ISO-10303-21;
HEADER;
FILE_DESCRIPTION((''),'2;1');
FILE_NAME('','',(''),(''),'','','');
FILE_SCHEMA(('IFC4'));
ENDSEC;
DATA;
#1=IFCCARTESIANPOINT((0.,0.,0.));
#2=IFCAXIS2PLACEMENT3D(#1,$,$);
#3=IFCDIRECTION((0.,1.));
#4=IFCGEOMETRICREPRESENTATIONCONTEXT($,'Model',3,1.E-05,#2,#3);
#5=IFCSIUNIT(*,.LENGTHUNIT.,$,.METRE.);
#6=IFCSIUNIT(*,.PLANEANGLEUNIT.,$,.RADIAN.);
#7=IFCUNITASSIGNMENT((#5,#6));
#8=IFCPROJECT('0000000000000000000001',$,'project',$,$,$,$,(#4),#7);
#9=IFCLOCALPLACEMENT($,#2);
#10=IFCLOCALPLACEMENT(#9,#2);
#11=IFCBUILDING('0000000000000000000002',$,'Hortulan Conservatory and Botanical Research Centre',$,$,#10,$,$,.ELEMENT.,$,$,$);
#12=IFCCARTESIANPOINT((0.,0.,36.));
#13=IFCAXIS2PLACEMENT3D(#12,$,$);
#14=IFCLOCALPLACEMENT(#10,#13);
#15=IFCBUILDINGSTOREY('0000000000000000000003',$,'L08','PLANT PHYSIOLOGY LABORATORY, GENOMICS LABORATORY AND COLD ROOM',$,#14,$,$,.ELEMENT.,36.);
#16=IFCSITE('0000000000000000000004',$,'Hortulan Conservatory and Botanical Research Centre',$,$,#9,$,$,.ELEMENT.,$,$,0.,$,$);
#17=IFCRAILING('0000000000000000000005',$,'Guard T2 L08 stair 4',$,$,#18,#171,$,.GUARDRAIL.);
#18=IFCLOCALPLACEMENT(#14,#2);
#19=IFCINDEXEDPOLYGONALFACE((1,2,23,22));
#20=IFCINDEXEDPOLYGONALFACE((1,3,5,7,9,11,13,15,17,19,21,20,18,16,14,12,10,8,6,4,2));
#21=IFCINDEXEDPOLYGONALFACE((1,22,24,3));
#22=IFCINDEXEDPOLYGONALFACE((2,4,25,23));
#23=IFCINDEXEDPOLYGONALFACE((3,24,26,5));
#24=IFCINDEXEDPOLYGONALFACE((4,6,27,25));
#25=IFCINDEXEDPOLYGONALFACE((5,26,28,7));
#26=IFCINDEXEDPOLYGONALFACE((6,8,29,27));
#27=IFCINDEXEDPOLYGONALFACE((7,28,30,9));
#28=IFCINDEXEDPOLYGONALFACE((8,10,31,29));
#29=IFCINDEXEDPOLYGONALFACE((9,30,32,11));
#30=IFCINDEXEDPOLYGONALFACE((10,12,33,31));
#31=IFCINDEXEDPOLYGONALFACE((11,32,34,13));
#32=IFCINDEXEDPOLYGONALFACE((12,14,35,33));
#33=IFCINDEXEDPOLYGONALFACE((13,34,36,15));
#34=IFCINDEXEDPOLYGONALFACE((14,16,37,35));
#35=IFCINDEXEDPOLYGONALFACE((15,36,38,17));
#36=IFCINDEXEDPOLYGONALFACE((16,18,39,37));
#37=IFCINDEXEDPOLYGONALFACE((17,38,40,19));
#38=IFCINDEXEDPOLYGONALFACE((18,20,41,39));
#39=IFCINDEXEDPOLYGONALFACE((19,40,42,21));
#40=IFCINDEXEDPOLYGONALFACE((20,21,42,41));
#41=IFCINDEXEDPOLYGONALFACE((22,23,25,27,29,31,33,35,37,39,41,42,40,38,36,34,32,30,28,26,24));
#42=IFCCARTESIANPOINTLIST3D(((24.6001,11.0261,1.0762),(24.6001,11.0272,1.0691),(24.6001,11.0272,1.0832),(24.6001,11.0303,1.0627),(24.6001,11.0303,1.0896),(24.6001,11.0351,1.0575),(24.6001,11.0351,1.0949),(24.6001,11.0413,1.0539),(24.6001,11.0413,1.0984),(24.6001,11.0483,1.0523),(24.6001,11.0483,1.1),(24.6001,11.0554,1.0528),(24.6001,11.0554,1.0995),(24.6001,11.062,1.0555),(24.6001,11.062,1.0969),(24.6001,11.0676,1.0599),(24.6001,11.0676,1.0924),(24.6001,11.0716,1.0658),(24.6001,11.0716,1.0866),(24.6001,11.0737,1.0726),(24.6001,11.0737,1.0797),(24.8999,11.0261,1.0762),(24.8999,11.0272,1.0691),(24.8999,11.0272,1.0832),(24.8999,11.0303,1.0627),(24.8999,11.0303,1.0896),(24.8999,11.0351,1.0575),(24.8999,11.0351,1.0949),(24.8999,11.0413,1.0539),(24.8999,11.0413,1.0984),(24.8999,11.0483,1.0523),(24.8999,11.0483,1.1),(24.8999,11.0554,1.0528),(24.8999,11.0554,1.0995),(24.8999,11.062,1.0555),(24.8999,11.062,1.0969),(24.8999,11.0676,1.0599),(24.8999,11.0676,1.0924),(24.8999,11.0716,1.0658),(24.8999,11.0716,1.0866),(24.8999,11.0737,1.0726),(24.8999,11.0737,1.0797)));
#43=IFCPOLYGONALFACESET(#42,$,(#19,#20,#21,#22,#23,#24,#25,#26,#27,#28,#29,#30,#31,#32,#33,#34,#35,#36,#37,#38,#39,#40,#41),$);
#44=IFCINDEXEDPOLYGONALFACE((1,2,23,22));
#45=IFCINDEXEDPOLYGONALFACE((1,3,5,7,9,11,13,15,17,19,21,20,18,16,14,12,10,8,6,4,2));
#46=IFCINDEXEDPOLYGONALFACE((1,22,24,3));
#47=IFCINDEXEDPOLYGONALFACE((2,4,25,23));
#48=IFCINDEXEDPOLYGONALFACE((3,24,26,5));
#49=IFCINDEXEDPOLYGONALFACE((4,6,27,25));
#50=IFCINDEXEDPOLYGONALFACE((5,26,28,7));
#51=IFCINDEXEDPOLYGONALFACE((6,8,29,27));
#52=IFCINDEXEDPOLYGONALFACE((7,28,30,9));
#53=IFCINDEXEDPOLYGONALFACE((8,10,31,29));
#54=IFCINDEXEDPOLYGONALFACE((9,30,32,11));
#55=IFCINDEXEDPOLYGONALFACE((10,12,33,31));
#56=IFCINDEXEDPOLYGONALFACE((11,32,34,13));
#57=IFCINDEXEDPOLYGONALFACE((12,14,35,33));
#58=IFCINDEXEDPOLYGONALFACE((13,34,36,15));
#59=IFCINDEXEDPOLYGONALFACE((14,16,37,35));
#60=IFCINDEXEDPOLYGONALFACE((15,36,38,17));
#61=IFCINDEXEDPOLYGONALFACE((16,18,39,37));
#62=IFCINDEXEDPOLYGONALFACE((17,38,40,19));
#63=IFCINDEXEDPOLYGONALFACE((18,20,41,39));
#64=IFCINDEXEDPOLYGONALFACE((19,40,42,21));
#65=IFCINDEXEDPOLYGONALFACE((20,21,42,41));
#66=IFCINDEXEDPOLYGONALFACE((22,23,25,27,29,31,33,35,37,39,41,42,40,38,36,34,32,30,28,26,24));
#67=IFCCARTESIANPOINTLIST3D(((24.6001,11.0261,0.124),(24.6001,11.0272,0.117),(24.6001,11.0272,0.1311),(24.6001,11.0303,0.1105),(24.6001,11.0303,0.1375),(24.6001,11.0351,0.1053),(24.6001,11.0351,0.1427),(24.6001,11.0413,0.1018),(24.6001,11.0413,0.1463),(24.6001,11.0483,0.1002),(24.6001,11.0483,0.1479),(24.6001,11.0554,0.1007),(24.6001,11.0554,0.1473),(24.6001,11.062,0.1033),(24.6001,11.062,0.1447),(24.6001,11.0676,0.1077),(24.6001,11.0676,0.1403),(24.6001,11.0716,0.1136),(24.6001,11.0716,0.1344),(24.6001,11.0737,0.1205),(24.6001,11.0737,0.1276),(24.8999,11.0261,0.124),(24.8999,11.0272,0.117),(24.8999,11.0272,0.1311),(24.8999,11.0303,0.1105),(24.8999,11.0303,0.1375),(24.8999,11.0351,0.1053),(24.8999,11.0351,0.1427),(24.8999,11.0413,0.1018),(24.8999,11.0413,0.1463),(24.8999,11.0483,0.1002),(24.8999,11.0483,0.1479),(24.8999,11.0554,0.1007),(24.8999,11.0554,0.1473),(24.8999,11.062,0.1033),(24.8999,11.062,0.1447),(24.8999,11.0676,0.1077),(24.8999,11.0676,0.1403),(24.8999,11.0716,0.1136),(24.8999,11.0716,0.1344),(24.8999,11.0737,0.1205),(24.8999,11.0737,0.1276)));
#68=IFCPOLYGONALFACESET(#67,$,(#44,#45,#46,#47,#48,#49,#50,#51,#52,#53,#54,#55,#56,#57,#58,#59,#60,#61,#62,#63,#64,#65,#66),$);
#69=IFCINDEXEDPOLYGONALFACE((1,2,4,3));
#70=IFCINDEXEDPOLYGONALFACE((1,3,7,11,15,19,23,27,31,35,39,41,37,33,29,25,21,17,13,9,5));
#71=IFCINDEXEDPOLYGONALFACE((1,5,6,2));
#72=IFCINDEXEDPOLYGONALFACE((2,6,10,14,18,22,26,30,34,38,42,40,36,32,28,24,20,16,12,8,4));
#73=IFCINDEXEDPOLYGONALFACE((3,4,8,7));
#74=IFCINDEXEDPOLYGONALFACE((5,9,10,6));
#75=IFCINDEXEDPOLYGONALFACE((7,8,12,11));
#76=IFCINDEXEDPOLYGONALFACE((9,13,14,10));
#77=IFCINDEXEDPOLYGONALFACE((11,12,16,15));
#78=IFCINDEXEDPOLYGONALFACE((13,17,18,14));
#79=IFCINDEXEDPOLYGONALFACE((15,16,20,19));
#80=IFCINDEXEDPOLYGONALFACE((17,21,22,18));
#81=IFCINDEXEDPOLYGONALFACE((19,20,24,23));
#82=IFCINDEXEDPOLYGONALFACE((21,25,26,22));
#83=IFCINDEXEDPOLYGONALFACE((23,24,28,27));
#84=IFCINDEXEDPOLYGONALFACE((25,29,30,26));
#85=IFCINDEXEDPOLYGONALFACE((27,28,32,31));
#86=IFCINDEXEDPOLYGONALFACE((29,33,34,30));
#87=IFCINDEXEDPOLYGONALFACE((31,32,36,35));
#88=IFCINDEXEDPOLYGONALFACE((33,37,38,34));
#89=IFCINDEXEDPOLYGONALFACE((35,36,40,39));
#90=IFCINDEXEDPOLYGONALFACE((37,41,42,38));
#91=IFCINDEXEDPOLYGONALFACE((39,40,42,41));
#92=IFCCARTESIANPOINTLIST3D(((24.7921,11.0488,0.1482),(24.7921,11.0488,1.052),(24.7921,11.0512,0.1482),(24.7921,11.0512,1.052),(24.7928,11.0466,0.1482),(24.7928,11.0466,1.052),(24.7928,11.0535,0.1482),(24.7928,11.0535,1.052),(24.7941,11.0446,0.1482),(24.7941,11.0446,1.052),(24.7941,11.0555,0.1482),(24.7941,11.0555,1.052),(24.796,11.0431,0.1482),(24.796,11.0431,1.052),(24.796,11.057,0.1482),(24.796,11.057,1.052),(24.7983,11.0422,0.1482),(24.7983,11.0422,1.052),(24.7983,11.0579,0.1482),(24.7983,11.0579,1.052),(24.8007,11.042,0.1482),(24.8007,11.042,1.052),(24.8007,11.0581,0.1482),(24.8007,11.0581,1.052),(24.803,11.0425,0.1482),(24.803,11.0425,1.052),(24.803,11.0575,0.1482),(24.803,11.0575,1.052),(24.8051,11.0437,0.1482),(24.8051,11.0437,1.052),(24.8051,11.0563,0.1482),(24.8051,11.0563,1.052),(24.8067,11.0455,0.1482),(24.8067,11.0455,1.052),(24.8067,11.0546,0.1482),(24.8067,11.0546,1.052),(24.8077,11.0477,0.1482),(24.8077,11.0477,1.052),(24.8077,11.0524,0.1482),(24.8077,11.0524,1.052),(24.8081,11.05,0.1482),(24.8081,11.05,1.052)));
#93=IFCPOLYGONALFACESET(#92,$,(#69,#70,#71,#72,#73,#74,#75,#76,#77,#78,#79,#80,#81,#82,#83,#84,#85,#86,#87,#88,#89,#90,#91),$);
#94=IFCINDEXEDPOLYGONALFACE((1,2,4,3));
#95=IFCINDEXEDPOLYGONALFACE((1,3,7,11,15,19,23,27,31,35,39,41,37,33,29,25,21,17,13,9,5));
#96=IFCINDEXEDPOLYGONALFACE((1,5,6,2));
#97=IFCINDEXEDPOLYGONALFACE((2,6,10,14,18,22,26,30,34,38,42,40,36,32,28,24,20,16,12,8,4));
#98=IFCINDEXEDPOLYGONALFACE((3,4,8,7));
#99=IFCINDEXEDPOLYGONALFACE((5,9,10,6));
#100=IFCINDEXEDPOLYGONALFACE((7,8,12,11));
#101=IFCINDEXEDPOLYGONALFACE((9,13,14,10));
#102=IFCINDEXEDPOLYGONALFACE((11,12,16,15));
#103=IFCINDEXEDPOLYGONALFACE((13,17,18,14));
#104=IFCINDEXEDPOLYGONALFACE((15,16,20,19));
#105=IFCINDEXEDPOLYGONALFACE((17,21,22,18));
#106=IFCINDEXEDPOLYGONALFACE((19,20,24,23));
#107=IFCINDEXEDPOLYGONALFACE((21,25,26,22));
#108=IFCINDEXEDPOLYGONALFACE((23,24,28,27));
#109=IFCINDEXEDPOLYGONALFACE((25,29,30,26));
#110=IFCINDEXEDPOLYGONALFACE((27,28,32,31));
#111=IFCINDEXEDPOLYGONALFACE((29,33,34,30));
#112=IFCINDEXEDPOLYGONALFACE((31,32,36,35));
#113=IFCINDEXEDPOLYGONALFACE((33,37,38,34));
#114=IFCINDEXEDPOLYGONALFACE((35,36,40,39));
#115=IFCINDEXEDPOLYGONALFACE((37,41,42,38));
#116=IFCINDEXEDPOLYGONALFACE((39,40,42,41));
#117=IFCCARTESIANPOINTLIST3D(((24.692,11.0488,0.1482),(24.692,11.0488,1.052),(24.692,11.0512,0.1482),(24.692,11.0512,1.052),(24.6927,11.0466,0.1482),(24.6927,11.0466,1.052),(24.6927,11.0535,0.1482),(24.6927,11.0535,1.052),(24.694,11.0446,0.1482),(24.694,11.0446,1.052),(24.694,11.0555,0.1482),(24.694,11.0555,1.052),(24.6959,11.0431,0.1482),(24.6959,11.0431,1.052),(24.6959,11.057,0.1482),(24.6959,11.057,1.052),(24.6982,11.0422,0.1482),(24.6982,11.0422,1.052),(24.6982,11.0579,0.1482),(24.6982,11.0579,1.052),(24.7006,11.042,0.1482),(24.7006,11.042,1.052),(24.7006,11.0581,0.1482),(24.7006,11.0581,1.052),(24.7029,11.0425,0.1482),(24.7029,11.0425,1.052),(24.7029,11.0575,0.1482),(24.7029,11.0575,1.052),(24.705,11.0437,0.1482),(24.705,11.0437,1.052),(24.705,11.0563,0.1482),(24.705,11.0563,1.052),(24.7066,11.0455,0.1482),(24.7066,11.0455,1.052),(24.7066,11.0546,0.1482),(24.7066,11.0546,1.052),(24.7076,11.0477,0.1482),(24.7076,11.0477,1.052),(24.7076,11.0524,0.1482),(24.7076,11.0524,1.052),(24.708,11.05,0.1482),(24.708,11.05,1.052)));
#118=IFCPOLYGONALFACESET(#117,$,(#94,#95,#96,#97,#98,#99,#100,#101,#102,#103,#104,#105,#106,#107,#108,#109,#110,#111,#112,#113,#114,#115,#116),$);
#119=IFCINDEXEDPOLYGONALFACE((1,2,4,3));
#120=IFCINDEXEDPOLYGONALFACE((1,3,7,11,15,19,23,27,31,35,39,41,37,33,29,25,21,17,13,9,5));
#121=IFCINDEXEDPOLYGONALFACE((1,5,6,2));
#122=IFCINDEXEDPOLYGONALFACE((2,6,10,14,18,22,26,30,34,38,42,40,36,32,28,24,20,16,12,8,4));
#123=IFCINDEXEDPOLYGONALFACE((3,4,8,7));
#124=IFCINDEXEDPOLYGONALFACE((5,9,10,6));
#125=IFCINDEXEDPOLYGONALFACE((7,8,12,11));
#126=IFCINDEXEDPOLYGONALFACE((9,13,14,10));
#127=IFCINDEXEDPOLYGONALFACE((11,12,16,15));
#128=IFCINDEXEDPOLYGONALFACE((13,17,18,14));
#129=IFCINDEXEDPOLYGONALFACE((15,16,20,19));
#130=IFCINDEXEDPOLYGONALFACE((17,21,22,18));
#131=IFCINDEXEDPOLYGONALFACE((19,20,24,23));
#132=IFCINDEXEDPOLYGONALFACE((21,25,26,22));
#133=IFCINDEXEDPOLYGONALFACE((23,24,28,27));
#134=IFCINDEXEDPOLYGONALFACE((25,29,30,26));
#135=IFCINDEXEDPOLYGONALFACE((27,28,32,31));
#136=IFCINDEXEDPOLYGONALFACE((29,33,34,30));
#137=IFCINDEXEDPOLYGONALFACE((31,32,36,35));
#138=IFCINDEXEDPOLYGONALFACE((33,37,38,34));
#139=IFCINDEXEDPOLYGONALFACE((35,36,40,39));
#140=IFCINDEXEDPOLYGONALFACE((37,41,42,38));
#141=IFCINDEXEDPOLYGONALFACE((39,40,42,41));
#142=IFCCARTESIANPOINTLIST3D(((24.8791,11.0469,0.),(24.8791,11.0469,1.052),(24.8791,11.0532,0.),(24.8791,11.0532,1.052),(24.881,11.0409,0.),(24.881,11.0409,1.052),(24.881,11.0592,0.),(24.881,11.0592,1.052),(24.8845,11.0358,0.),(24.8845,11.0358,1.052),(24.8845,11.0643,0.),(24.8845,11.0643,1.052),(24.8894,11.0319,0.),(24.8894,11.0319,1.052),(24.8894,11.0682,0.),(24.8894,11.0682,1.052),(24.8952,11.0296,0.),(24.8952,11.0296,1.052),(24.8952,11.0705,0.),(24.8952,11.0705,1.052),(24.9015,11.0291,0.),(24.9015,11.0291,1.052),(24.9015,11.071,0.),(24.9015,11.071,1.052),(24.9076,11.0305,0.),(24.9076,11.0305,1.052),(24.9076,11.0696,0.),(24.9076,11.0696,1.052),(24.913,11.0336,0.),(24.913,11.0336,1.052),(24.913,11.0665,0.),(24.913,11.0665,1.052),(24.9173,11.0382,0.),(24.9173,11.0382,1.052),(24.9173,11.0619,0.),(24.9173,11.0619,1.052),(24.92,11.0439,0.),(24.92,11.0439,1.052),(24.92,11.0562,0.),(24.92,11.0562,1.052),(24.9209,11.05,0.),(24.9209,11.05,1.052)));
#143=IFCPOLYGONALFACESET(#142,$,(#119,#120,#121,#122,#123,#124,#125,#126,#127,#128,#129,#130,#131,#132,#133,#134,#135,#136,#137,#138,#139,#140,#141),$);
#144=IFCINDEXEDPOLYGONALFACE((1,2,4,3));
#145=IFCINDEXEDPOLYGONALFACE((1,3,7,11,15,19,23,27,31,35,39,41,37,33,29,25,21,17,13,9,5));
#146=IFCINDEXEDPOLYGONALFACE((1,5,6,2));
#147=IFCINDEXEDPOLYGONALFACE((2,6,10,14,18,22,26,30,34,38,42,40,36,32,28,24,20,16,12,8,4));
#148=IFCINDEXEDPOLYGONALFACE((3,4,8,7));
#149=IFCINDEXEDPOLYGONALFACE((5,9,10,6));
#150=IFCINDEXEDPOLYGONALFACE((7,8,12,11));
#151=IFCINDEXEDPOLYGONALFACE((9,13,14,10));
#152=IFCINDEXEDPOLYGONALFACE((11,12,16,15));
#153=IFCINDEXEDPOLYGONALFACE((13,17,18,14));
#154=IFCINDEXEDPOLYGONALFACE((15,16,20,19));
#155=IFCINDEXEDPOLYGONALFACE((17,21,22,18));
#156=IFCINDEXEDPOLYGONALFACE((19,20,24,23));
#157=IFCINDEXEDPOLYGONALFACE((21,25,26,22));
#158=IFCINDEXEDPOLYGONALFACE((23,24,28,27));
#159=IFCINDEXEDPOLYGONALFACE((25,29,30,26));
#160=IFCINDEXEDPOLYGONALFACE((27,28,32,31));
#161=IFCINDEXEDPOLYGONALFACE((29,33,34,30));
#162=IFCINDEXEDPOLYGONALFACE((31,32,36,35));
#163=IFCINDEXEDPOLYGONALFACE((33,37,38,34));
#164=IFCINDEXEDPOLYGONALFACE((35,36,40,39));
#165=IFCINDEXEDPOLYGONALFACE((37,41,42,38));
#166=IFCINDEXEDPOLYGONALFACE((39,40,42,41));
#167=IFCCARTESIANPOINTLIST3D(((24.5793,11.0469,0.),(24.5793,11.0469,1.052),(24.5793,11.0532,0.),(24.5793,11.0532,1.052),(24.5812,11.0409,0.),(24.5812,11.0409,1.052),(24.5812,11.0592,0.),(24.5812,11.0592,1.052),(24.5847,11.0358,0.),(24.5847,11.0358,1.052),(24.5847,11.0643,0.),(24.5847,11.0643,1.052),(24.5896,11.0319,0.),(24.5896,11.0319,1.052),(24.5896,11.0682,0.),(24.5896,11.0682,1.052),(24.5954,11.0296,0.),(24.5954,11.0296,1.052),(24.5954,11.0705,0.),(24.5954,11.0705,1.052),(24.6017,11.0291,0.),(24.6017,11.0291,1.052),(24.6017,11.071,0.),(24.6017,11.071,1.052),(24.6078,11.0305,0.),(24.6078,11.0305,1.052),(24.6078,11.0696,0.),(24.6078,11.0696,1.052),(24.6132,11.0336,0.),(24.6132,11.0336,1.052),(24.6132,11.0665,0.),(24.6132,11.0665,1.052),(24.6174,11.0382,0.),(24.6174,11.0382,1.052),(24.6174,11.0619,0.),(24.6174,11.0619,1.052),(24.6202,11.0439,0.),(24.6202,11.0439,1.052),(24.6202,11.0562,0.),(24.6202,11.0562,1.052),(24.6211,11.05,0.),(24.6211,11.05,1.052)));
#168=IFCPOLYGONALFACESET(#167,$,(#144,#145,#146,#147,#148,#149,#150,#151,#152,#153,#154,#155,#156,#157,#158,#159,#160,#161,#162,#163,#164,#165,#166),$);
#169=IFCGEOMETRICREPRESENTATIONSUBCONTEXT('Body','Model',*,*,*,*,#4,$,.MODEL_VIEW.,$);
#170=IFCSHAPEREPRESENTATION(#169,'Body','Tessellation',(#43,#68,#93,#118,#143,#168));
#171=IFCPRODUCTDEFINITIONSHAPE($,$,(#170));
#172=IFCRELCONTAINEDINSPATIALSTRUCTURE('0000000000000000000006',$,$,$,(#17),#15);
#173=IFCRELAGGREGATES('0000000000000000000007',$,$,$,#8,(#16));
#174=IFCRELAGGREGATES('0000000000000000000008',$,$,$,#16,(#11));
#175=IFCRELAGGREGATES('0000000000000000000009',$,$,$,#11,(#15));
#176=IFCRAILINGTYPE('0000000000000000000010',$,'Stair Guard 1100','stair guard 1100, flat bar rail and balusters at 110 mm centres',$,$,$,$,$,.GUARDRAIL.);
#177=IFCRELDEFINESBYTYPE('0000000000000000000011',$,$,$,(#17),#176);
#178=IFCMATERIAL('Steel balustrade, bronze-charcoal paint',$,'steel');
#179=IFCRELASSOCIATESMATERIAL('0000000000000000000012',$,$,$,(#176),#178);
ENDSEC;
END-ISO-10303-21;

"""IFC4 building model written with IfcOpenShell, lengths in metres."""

from ifc_helpers import new_model, si_unit, direction, frame, origin, origin_2d, place, context, subcontext, project, spatial, circle, extrude, material, type_object, element, save


model = new_model("IFC4")

# Units and contexts
model_context = context("Model", 3, precision=1e-05, world=origin(), true_north=direction((0.0, 1.0)))
body_context = subcontext(model_context, "Body", "Model", "MODEL_VIEW")
ifc_project = project(units=[si_unit("LENGTHUNIT", "METRE"), si_unit("PLANEANGLEUNIT", "RADIAN")], contexts=[model_context])

# Site, building, storey
site_placement = place(None, origin())
site = spatial("IfcSite", under=ifc_project, at=site_placement, Name="Hortulan Conservatory and Botanical Research Centre", CompositionType="ELEMENT", RefElevation=0.0)
building_placement = place(site_placement, origin())
building = spatial("IfcBuilding", under=site, at=building_placement, Name="Hortulan Conservatory and Botanical Research Centre", CompositionType="ELEMENT")
storey_placement = place(building_placement, frame((0.0, 0.0, 36.0)))
storey = spatial("IfcBuildingStorey", under=building, at=storey_placement, Name="L08", Description="PLANT PHYSIOLOGY LABORATORY, GENOMICS LABORATORY AND COLD ROOM", CompositionType="ELEMENT", Elevation=36.0)

# Railing
ifc_material_1 = material(Name="Steel balustrade, bronze-charcoal paint", Category="steel")
railing_type_1 = type_object("IfcRailingType", Name="Stair Guard 1100", Description="stair guard 1100, flat bar rail and balusters at 110 mm centres", PredefinedType="GUARDRAIL", material=ifc_material_1)
railing_1_placement = place(storey_placement, frame((24.8999, 11.05, 0.0)))
element("IfcRailing", 1, at=railing_1_placement, inside=storey, type_object=railing_type_1, Name="Guard T2 L08 stair 4", PredefinedType="GUARDRAIL", context=body_context, shape_type="SweptSolid", body=[
    extrude(circle(Radius=0.0239, at=origin_2d()), frame((0.0, 0.0, 1.0762), z_axis=(-1.0, 0.0, 0.0), x_axis=(0.0, -1.0, 0.0)), (0.0, 0.0, 1.0), 0.2998),
    extrude(circle(Radius=0.0239, at=origin_2d()), frame((0.0, 0.0, 0.124), z_axis=(-1.0, 0.0, 0.0), x_axis=(0.0, -1.0, 0.0)), (0.0, 0.0, 1.0), 0.2998),
    extrude(circle(Radius=0.0081, at=origin_2d()), frame((-0.0999, 0.0, 0.1482)), (0.0, 0.0, 1.0), 0.9038),
    extrude(circle(Radius=0.0081, at=origin_2d()), frame((-0.2, 0.0, 0.1482)), (0.0, 0.0, 1.0), 0.9038),
    extrude(circle(Radius=0.021, at=origin_2d()), origin(), (0.0, 0.0, 1.0), 1.052),
    extrude(circle(Radius=0.021, at=origin_2d()), frame((-0.2998, 0.0, 0.0)), (0.0, 0.0, 1.0), 1.052),
])

save(model, "model.ifc")
